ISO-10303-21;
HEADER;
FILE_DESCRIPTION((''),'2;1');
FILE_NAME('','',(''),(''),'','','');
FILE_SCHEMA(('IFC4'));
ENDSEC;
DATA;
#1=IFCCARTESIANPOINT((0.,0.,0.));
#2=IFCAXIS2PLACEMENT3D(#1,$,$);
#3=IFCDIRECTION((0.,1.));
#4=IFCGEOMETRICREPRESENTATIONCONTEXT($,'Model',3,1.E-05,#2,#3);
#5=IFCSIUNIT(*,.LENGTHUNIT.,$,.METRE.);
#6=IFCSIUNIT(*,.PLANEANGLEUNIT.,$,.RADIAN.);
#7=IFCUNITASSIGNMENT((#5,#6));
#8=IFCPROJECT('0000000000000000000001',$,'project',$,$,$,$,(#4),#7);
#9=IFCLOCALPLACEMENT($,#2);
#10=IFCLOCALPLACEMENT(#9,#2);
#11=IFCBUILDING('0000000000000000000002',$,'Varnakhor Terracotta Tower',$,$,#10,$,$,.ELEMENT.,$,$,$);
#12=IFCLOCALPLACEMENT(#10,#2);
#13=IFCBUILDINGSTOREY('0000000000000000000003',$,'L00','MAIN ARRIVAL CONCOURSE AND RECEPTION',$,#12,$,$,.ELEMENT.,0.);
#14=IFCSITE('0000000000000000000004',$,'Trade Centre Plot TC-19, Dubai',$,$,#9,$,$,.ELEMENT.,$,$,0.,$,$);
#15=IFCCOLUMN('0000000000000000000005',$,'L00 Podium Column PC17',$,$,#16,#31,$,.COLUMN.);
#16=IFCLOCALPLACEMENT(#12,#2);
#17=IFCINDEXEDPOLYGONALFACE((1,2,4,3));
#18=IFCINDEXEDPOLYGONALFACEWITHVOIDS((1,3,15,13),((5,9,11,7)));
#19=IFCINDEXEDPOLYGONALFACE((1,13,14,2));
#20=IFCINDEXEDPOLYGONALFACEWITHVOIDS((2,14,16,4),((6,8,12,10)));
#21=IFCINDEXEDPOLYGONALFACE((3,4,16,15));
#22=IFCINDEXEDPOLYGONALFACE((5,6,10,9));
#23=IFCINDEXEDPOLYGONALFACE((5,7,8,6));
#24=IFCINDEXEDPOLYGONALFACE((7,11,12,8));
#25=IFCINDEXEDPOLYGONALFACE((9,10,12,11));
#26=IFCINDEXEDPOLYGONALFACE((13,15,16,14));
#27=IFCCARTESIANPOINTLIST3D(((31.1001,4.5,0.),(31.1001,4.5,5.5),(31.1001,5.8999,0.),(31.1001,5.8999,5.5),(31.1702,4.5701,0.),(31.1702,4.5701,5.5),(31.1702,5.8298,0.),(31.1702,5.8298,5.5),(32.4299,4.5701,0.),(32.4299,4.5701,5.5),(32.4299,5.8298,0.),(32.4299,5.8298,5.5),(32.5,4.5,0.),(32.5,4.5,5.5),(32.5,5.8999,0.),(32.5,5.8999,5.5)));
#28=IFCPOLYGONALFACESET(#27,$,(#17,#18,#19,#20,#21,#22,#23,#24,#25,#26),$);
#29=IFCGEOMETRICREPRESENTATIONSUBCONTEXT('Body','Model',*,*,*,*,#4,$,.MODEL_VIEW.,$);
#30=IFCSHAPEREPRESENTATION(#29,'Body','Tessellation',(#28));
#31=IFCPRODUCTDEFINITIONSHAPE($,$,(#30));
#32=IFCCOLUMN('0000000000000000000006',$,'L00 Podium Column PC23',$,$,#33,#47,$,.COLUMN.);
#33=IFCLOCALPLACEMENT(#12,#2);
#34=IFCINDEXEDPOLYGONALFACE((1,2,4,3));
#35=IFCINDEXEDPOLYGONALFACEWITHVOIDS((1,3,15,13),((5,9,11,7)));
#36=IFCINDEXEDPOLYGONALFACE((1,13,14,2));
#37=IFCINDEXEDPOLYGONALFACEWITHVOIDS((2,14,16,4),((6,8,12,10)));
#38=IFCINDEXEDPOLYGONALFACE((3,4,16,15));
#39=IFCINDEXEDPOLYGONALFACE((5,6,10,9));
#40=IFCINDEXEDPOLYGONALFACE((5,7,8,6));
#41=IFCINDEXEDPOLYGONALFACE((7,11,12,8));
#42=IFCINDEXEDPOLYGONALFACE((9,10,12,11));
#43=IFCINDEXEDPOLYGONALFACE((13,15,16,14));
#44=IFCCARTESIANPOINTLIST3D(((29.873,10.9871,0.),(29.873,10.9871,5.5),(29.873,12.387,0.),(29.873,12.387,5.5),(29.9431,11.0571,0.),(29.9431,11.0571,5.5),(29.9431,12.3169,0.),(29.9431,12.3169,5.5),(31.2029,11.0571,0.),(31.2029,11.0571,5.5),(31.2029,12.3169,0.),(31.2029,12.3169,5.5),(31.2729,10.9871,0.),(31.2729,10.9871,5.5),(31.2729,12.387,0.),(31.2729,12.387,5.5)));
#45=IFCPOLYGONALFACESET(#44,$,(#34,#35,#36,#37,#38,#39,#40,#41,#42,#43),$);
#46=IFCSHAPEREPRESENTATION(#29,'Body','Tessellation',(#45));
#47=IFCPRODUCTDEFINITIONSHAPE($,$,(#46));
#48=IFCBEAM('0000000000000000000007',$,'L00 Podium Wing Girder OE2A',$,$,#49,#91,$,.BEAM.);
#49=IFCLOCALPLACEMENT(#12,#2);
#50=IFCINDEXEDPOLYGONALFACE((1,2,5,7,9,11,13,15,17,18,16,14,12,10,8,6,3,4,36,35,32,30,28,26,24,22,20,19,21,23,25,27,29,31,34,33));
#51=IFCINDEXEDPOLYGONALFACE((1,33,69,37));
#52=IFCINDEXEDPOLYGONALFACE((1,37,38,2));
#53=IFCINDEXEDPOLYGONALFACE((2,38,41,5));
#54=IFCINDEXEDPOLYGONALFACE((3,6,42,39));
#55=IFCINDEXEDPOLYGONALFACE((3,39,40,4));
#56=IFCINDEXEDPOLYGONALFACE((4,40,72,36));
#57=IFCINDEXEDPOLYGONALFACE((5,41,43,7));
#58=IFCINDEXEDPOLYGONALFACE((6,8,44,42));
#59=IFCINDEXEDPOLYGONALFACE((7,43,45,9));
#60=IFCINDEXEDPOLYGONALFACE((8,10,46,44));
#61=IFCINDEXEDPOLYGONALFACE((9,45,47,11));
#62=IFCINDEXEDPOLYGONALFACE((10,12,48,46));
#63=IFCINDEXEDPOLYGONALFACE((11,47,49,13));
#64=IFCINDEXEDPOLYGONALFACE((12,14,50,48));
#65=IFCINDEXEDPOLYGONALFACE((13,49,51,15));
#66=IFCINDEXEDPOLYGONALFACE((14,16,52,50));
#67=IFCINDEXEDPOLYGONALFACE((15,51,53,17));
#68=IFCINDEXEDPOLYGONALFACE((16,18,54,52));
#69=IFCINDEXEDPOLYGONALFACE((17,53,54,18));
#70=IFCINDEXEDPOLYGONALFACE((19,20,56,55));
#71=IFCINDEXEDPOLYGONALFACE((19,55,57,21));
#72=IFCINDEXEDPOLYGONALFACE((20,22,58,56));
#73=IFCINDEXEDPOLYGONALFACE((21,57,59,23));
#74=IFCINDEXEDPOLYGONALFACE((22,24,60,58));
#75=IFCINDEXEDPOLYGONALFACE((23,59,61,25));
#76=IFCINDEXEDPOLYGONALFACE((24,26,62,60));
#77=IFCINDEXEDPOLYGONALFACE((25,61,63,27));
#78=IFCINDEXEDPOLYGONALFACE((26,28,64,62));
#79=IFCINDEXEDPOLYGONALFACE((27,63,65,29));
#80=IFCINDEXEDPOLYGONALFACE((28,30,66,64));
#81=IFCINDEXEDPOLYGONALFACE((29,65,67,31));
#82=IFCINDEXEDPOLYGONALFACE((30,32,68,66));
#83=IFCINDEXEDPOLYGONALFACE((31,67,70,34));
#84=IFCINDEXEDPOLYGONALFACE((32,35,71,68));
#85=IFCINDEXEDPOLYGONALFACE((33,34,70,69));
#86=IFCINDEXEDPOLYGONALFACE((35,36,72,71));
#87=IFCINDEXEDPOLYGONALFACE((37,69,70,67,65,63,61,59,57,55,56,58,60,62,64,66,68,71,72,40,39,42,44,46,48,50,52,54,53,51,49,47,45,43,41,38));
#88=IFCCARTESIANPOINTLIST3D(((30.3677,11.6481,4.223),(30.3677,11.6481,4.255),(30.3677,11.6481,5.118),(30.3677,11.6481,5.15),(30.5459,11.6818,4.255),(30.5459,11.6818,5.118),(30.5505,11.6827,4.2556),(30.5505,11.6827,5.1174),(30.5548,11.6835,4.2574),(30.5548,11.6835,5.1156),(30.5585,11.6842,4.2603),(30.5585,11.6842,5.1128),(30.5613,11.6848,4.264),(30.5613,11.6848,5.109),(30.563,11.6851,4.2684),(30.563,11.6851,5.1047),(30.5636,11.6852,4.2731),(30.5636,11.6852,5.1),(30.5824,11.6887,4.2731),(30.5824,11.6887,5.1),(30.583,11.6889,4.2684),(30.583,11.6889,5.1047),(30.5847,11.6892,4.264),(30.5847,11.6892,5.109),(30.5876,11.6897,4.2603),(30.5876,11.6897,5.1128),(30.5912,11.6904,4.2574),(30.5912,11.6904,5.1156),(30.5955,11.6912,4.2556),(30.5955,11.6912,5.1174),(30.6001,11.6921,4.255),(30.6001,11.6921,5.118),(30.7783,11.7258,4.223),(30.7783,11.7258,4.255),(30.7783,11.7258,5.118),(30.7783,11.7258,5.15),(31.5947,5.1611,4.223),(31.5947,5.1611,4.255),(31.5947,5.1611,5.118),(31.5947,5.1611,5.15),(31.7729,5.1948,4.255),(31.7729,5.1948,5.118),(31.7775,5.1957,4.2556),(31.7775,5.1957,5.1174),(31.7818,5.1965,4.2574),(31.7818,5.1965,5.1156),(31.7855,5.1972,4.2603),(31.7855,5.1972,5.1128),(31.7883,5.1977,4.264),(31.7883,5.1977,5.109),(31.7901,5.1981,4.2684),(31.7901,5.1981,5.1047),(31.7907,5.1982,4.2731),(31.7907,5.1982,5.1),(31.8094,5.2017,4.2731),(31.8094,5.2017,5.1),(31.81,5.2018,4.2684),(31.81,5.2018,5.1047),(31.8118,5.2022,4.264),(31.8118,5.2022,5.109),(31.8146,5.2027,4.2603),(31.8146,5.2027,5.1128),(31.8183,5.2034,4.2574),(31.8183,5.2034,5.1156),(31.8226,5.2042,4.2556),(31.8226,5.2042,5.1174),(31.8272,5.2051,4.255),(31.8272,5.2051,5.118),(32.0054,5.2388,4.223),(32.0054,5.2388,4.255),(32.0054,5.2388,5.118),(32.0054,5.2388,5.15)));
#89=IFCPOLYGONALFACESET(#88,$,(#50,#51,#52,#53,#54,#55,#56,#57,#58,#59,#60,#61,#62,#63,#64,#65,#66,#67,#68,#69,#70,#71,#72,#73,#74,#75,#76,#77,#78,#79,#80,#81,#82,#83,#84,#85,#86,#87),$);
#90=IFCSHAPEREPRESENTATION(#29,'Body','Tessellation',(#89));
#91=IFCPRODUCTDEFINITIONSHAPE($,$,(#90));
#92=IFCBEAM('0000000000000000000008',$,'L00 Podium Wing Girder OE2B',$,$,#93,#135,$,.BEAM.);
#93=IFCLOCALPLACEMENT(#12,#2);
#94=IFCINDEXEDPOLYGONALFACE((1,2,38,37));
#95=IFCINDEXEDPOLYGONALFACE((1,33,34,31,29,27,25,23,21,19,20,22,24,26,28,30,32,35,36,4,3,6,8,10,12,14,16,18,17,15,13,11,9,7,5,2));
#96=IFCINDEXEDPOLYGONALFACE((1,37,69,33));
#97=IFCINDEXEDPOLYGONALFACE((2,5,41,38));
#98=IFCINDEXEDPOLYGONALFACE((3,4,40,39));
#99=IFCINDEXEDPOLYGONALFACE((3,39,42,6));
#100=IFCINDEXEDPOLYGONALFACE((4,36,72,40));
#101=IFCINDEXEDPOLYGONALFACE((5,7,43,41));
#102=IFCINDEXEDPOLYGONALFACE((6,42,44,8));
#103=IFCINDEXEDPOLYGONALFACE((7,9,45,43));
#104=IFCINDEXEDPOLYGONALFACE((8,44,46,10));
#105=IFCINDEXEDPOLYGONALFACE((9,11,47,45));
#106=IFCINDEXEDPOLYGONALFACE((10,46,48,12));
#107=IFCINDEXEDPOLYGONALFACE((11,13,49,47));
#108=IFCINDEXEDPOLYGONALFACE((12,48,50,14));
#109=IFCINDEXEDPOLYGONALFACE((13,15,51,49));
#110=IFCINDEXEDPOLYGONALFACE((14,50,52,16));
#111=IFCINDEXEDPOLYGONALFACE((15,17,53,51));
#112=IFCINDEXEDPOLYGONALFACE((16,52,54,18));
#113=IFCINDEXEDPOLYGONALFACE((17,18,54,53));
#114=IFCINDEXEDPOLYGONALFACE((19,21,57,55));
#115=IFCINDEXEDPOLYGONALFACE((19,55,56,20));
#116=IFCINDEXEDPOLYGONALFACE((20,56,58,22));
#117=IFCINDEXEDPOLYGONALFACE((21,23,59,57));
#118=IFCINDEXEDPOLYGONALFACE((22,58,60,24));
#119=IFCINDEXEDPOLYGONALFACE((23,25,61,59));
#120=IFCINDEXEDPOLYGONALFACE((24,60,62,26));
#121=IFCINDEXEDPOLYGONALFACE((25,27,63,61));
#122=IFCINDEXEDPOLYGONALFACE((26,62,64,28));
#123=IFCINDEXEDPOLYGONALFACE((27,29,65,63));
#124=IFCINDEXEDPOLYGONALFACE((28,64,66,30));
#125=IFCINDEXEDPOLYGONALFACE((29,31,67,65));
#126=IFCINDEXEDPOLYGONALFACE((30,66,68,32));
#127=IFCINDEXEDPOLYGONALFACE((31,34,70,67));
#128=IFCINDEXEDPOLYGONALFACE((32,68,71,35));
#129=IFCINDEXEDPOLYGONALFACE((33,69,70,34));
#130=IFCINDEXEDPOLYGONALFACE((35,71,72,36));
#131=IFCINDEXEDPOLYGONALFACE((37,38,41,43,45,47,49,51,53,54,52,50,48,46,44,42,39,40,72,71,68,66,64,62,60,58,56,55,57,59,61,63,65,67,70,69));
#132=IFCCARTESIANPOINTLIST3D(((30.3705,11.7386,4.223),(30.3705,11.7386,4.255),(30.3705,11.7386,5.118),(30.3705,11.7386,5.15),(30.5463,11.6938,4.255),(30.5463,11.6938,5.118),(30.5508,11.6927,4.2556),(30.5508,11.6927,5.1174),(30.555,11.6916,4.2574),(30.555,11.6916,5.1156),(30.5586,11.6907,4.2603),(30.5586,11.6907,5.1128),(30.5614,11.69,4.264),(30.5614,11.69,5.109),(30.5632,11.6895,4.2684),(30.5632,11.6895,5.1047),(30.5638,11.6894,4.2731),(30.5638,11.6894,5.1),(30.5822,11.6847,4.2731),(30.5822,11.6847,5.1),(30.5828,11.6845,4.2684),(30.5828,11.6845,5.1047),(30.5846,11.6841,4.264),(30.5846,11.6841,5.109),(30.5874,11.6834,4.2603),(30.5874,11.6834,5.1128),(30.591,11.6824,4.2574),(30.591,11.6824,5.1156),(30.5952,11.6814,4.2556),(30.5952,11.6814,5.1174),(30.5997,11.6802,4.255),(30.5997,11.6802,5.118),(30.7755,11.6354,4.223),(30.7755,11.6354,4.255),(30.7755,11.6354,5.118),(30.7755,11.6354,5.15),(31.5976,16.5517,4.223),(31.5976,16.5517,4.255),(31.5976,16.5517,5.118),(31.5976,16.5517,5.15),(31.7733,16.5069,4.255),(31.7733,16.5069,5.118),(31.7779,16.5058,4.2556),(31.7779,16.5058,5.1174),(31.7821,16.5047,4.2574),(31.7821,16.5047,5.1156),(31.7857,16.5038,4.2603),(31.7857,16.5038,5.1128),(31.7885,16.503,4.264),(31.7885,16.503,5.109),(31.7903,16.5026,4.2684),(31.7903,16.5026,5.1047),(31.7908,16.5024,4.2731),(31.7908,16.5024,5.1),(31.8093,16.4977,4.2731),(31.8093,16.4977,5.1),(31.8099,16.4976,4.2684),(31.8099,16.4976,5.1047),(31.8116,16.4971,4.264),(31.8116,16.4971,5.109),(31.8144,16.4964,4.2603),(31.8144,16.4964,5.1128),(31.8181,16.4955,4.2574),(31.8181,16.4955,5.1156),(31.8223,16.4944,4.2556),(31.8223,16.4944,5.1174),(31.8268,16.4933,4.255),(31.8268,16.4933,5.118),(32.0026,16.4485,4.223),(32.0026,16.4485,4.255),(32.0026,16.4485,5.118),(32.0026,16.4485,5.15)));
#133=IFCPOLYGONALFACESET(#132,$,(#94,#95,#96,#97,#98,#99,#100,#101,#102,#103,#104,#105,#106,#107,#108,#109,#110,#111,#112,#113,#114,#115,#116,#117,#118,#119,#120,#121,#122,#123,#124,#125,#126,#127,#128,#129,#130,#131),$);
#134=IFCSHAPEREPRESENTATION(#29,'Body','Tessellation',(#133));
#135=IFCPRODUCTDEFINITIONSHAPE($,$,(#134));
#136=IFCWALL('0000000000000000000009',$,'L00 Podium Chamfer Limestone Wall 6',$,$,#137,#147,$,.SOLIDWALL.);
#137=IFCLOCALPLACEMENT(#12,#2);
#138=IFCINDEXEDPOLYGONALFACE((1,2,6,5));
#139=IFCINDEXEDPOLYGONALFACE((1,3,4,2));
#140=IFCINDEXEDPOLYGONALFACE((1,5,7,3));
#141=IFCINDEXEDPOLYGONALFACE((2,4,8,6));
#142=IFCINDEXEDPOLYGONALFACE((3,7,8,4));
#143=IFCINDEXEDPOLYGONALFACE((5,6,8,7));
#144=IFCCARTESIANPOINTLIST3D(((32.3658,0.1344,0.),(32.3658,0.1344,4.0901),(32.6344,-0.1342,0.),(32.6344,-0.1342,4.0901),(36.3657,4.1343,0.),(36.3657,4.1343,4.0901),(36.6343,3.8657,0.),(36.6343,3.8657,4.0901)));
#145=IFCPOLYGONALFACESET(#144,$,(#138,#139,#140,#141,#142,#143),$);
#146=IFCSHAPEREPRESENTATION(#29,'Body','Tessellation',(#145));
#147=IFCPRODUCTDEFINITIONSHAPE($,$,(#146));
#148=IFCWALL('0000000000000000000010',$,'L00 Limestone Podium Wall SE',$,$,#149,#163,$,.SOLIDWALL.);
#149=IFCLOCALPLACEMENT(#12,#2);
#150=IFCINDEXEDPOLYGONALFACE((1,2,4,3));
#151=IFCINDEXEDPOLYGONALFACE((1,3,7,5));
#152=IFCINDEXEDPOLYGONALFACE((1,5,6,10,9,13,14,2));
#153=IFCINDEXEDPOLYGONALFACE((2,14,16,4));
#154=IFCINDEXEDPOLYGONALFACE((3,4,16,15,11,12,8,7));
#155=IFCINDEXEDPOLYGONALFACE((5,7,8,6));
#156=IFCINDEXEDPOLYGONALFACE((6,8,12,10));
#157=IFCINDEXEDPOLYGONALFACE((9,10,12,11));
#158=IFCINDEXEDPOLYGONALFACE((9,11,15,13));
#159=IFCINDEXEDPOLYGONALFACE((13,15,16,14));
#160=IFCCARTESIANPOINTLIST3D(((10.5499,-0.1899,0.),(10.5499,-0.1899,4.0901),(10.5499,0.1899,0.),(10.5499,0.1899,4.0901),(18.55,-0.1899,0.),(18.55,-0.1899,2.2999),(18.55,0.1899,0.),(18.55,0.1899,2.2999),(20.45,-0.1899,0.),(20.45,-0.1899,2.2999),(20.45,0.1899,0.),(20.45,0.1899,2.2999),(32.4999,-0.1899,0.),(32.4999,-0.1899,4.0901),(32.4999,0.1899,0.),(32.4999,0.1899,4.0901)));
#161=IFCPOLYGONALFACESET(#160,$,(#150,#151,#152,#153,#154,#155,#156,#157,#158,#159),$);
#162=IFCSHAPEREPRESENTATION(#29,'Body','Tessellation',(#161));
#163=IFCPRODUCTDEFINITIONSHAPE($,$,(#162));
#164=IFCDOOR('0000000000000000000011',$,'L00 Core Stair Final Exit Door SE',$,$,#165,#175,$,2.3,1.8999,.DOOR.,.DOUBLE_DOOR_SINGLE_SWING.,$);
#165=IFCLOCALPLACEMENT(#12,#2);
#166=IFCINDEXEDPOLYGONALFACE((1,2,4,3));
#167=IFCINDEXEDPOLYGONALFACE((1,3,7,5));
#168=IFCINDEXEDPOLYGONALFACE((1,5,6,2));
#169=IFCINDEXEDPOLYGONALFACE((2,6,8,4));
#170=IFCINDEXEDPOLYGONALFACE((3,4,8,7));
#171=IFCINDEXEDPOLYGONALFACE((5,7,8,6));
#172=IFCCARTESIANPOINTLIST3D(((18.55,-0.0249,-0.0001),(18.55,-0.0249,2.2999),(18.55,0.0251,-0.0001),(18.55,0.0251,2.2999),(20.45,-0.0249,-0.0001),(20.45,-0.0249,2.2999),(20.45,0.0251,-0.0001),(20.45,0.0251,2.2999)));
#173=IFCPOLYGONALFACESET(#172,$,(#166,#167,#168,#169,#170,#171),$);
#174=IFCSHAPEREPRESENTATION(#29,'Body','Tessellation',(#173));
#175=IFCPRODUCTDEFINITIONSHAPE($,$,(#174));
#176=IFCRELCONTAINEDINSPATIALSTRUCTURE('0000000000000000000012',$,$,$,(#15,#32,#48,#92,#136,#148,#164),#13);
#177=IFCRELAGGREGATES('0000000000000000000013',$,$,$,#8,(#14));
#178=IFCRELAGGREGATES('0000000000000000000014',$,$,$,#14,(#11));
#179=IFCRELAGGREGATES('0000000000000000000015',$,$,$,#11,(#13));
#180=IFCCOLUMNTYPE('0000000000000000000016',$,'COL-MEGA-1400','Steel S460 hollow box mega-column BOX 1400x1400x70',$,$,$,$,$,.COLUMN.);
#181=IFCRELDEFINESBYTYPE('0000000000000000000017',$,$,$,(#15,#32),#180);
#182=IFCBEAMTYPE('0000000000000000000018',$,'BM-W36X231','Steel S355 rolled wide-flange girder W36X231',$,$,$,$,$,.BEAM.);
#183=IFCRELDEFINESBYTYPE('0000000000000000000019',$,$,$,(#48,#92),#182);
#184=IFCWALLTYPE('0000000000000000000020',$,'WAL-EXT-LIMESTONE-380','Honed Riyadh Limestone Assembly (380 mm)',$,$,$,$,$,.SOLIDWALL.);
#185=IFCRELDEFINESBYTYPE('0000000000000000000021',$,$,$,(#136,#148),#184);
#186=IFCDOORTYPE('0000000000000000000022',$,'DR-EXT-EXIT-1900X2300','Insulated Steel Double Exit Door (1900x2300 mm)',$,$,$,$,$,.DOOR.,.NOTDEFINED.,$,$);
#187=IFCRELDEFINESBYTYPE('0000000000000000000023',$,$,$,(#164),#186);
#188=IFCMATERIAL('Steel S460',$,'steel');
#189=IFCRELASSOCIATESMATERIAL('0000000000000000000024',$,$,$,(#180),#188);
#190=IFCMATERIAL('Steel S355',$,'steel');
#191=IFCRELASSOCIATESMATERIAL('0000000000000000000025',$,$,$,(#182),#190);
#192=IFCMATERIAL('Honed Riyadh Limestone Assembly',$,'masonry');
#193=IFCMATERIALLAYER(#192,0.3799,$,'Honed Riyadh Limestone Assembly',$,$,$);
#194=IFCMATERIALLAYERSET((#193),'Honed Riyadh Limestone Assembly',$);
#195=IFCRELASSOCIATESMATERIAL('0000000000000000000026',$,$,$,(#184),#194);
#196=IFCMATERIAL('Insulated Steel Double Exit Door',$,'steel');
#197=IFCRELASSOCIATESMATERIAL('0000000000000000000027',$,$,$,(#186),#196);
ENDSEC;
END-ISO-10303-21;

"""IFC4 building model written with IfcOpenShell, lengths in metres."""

from ifc_helpers import new_model, si_unit, direction, frame, frame_2d, origin, origin_2d, place, context, subcontext, project, spatial, rectangle, hollow_rectangle, i_section, extrude, source, transform, mapped, material, layer, layer_set, material_profile, profile_set, type_object, type_shapes, element, fill, save


model = new_model("IFC4")

# Units and contexts
model_context = context("Model", 3, precision=1e-05, world=origin(), true_north=direction((0.0, 1.0)))
body_context = subcontext(model_context, "Body", "Model", "MODEL_VIEW")
ifc_project = project(units=[si_unit("LENGTHUNIT", "METRE"), si_unit("PLANEANGLEUNIT", "RADIAN")], contexts=[model_context])

# Site, building, storey
site_placement = place(None, origin())
site = spatial("IfcSite", under=ifc_project, at=site_placement, Name="Trade Centre Plot TC-19, Dubai", CompositionType="ELEMENT", RefElevation=0.0)
building_placement = place(site_placement, origin())
building = spatial("IfcBuilding", under=site, at=building_placement, Name="Varnakhor Terracotta Tower", CompositionType="ELEMENT")
storey_placement = place(building_placement, origin())
storey = spatial("IfcBuildingStorey", under=building, at=storey_placement, Name="L00", Description="MAIN ARRIVAL CONCOURSE AND RECEPTION", CompositionType="ELEMENT", Elevation=0.0)

# Columns
ifc_material_1 = material(Name="Steel S460", Category="steel")
ifc_material_profile_1 = material_profile(ifc_material_1, hollow_rectangle(XDim=1.3999, YDim=1.3999, WallThickness=0.0701, at=origin_2d()), Name="BOX 1400x1400x70")
ifc_profile_set_1 = profile_set([ifc_material_profile_1], Name="Steel S460")
column_type = type_object("IfcColumnType", Name="COL-MEGA-1400", Description="Steel S460 hollow box mega-column BOX 1400x1400x70", PredefinedType="COLUMN", material=ifc_profile_set_1)
shared_shape_1 = source(origin(), body_context, "Body", "SweptSolid", [
    extrude(hollow_rectangle(XDim=1.3999, YDim=1.3999, WallThickness=0.0701, at=origin_2d()), origin(), (0.0, 0.0, 1.0), 5.5),
])
for number, where, z_axis, x_axis, name in (
    (1, (31.8, 5.2, 0.0), (0.0, 0.0, 1.0), (1.0, 0.0, 0.0), "L00 Podium Column PC17"),
    (2, (30.573, 11.687, 0.0), (0.0, 0.0, 1.0), (1.0, 0.0, 0.0), "L00 Podium Column PC23"),
):
    element("IfcColumn", number, at=place(storey_placement, frame(where, z_axis=z_axis, x_axis=x_axis)), inside=storey, type_object=column_type, Name=name, PredefinedType="COLUMN", context=body_context, shape_type="MappedRepresentation", body=[
        mapped(shared_shape_1, transform((0.0, 0.0, 0.0), scale=1.0)),
    ])

# Beams
ifc_material_2 = material(Name="Steel S355", Category="steel")
ifc_material_profile_2 = material_profile(ifc_material_2, i_section(OverallWidth=0.418, OverallDepth=0.927, WebThickness=0.019, FlangeThickness=0.032, FilletRadius=0.0181, at=origin_2d()), Name="W36X231")
ifc_profile_set_2 = profile_set([ifc_material_profile_2], Name="Steel S355")
beam_type = type_object("IfcBeamType", Name="BM-W36X231", Description="Steel S355 rolled wide-flange girder W36X231", PredefinedType="BEAM", material=ifc_profile_set_2)
shared_shape_2 = source(origin(), body_context, "Body", "SweptSolid", [
    extrude(i_section(OverallWidth=0.418, OverallDepth=0.927, WebThickness=0.019, FlangeThickness=0.032, FilletRadius=0.0181, at=origin_2d()), origin(), (0.0, 0.0, 1.0), 6.6021),
])
beam_1_placement = place(storey_placement, frame((31.8, 5.2, 4.6865), z_axis=(-0.185858, 0.982577, 0.0), x_axis=(-0.982577, -0.185858, 0.0)))
element("IfcBeam", 3, at=beam_1_placement, inside=storey, type_object=beam_type, Name="L00 Podium Wing Girder OE2A", PredefinedType="BEAM", context=body_context, shape_type="MappedRepresentation", body=[
    mapped(shared_shape_2, transform((0.0, 0.0, 0.0), scale=1.0)),
])
shared_shape_3 = source(origin(), body_context, "Body", "SweptSolid", [
    extrude(i_section(OverallWidth=0.418, OverallDepth=0.927, WebThickness=0.019, FlangeThickness=0.032, FilletRadius=0.0181, at=origin_2d()), origin(), (0.0, 0.0, 1.0), 4.967),
])
beam_2_placement = place(storey_placement, frame((30.573, 11.687, 4.6865), z_axis=(0.247044, 0.969004, 0.0), x_axis=(-0.969004, 0.247044, 0.0)))
element("IfcBeam", 4, at=beam_2_placement, inside=storey, type_object=beam_type, Name="L00 Podium Wing Girder OE2B", PredefinedType="BEAM", context=body_context, shape_type="MappedRepresentation", body=[
    mapped(shared_shape_3, transform((0.0, 0.0, 0.0), scale=1.0)),
])

# Wall
ifc_material_3 = material(Name="Honed Riyadh Limestone Assembly", Category="masonry")
ifc_layer_1 = layer(ifc_material_3, 0.3799, Name="Honed Riyadh Limestone Assembly")
ifc_layer_set_1 = layer_set([ifc_layer_1], Name="Honed Riyadh Limestone Assembly")
wall_type_1 = type_object("IfcWallType", Name="WAL-EXT-LIMESTONE-380", Description="Honed Riyadh Limestone Assembly (380 mm)", PredefinedType="SOLIDWALL", material=ifc_layer_set_1)
wall_1_placement = place(storey_placement, frame((36.5, 4.0, 0.0), z_axis=(0.0, 0.0, 1.0), x_axis=(-0.707107, -0.707107, 0.0)))
element("IfcWall", 5, at=wall_1_placement, inside=storey, type_object=wall_type_1, Name="L00 Podium Chamfer Limestone Wall 6", PredefinedType="SOLIDWALL", context=body_context, shape_type="SweptSolid", body=[
    extrude(rectangle(XDim=5.6567, YDim=0.3799, at=frame_2d((2.8284, 0.0))), origin(), (0.0, 0.0, 1.0), 4.0901),
])

# Wall, opening, door
wall_2_placement = place(storey_placement, frame((32.5, 0.0, 0.0), z_axis=(0.0, 0.0, 1.0), x_axis=(-1.0, 0.0, 0.0)))
wall_2 = element("IfcWall", 6, at=wall_2_placement, inside=storey, type_object=wall_type_1, Name="L00 Limestone Podium Wall SE", PredefinedType="SOLIDWALL", context=body_context, shape_type="SweptSolid", body=[
    extrude(rectangle(XDim=21.95, YDim=0.3799, at=frame_2d((10.9751, 0.0))), origin(), (0.0, 0.0, 1.0), 4.0901),
])
opening_1_placement = place(wall_2_placement, frame((12.05, 0.0, 0.0)))
opening_1 = element("IfcOpeningElement", 7, at=opening_1_placement, cuts=wall_2, PredefinedType="OPENING", context=body_context, shape_type="SweptSolid", body=[
    extrude(rectangle(XDim=1.8999, YDim=2.3, at=frame_2d((0.95, 1.1499))), frame((0.0, 0.2, 0.0), z_axis=(0.0, -1.0, 0.0), x_axis=(1.0, 0.0, 0.0)), (0.0, 0.0, 1.0), 0.3999),
])
ifc_material_4 = material(Name="Insulated Steel Double Exit Door", Category="steel")
door_type_1 = type_object("IfcDoorType", Name="DR-EXT-EXIT-1900X2300", Description="Insulated Steel Double Exit Door (1900x2300 mm)", OperationType="NOTDEFINED", PredefinedType="DOOR", material=ifc_material_4)
shared_shape_4 = source(origin(), body_context, "Body", "SweptSolid", [
    extrude(rectangle(XDim=1.8999, YDim=2.3, at=frame_2d((0.95, 1.1499))), frame((0.0, 0.0249, 0.0), z_axis=(0.0, -1.0, 0.0), x_axis=(1.0, 0.0, 0.0)), (0.0, 0.0, 1.0), 0.05),
])
type_shapes(door_type_1, [shared_shape_4])
door_1_placement = place(opening_1_placement, origin())
door_1 = element("IfcDoor", 8, at=door_1_placement, inside=storey, type_object=door_type_1, Name="L00 Core Stair Final Exit Door SE", OperationType="DOUBLE_DOOR_SINGLE_SWING", OverallHeight=2.3, OverallWidth=1.8999, PredefinedType="DOOR", context=body_context, shape_type="MappedRepresentation", body=[
    mapped(shared_shape_4, transform((0.0, 0.0, 0.0), scale=1.0)),
])
fill(opening_1, door_1)

save(model, "model.ifc")
